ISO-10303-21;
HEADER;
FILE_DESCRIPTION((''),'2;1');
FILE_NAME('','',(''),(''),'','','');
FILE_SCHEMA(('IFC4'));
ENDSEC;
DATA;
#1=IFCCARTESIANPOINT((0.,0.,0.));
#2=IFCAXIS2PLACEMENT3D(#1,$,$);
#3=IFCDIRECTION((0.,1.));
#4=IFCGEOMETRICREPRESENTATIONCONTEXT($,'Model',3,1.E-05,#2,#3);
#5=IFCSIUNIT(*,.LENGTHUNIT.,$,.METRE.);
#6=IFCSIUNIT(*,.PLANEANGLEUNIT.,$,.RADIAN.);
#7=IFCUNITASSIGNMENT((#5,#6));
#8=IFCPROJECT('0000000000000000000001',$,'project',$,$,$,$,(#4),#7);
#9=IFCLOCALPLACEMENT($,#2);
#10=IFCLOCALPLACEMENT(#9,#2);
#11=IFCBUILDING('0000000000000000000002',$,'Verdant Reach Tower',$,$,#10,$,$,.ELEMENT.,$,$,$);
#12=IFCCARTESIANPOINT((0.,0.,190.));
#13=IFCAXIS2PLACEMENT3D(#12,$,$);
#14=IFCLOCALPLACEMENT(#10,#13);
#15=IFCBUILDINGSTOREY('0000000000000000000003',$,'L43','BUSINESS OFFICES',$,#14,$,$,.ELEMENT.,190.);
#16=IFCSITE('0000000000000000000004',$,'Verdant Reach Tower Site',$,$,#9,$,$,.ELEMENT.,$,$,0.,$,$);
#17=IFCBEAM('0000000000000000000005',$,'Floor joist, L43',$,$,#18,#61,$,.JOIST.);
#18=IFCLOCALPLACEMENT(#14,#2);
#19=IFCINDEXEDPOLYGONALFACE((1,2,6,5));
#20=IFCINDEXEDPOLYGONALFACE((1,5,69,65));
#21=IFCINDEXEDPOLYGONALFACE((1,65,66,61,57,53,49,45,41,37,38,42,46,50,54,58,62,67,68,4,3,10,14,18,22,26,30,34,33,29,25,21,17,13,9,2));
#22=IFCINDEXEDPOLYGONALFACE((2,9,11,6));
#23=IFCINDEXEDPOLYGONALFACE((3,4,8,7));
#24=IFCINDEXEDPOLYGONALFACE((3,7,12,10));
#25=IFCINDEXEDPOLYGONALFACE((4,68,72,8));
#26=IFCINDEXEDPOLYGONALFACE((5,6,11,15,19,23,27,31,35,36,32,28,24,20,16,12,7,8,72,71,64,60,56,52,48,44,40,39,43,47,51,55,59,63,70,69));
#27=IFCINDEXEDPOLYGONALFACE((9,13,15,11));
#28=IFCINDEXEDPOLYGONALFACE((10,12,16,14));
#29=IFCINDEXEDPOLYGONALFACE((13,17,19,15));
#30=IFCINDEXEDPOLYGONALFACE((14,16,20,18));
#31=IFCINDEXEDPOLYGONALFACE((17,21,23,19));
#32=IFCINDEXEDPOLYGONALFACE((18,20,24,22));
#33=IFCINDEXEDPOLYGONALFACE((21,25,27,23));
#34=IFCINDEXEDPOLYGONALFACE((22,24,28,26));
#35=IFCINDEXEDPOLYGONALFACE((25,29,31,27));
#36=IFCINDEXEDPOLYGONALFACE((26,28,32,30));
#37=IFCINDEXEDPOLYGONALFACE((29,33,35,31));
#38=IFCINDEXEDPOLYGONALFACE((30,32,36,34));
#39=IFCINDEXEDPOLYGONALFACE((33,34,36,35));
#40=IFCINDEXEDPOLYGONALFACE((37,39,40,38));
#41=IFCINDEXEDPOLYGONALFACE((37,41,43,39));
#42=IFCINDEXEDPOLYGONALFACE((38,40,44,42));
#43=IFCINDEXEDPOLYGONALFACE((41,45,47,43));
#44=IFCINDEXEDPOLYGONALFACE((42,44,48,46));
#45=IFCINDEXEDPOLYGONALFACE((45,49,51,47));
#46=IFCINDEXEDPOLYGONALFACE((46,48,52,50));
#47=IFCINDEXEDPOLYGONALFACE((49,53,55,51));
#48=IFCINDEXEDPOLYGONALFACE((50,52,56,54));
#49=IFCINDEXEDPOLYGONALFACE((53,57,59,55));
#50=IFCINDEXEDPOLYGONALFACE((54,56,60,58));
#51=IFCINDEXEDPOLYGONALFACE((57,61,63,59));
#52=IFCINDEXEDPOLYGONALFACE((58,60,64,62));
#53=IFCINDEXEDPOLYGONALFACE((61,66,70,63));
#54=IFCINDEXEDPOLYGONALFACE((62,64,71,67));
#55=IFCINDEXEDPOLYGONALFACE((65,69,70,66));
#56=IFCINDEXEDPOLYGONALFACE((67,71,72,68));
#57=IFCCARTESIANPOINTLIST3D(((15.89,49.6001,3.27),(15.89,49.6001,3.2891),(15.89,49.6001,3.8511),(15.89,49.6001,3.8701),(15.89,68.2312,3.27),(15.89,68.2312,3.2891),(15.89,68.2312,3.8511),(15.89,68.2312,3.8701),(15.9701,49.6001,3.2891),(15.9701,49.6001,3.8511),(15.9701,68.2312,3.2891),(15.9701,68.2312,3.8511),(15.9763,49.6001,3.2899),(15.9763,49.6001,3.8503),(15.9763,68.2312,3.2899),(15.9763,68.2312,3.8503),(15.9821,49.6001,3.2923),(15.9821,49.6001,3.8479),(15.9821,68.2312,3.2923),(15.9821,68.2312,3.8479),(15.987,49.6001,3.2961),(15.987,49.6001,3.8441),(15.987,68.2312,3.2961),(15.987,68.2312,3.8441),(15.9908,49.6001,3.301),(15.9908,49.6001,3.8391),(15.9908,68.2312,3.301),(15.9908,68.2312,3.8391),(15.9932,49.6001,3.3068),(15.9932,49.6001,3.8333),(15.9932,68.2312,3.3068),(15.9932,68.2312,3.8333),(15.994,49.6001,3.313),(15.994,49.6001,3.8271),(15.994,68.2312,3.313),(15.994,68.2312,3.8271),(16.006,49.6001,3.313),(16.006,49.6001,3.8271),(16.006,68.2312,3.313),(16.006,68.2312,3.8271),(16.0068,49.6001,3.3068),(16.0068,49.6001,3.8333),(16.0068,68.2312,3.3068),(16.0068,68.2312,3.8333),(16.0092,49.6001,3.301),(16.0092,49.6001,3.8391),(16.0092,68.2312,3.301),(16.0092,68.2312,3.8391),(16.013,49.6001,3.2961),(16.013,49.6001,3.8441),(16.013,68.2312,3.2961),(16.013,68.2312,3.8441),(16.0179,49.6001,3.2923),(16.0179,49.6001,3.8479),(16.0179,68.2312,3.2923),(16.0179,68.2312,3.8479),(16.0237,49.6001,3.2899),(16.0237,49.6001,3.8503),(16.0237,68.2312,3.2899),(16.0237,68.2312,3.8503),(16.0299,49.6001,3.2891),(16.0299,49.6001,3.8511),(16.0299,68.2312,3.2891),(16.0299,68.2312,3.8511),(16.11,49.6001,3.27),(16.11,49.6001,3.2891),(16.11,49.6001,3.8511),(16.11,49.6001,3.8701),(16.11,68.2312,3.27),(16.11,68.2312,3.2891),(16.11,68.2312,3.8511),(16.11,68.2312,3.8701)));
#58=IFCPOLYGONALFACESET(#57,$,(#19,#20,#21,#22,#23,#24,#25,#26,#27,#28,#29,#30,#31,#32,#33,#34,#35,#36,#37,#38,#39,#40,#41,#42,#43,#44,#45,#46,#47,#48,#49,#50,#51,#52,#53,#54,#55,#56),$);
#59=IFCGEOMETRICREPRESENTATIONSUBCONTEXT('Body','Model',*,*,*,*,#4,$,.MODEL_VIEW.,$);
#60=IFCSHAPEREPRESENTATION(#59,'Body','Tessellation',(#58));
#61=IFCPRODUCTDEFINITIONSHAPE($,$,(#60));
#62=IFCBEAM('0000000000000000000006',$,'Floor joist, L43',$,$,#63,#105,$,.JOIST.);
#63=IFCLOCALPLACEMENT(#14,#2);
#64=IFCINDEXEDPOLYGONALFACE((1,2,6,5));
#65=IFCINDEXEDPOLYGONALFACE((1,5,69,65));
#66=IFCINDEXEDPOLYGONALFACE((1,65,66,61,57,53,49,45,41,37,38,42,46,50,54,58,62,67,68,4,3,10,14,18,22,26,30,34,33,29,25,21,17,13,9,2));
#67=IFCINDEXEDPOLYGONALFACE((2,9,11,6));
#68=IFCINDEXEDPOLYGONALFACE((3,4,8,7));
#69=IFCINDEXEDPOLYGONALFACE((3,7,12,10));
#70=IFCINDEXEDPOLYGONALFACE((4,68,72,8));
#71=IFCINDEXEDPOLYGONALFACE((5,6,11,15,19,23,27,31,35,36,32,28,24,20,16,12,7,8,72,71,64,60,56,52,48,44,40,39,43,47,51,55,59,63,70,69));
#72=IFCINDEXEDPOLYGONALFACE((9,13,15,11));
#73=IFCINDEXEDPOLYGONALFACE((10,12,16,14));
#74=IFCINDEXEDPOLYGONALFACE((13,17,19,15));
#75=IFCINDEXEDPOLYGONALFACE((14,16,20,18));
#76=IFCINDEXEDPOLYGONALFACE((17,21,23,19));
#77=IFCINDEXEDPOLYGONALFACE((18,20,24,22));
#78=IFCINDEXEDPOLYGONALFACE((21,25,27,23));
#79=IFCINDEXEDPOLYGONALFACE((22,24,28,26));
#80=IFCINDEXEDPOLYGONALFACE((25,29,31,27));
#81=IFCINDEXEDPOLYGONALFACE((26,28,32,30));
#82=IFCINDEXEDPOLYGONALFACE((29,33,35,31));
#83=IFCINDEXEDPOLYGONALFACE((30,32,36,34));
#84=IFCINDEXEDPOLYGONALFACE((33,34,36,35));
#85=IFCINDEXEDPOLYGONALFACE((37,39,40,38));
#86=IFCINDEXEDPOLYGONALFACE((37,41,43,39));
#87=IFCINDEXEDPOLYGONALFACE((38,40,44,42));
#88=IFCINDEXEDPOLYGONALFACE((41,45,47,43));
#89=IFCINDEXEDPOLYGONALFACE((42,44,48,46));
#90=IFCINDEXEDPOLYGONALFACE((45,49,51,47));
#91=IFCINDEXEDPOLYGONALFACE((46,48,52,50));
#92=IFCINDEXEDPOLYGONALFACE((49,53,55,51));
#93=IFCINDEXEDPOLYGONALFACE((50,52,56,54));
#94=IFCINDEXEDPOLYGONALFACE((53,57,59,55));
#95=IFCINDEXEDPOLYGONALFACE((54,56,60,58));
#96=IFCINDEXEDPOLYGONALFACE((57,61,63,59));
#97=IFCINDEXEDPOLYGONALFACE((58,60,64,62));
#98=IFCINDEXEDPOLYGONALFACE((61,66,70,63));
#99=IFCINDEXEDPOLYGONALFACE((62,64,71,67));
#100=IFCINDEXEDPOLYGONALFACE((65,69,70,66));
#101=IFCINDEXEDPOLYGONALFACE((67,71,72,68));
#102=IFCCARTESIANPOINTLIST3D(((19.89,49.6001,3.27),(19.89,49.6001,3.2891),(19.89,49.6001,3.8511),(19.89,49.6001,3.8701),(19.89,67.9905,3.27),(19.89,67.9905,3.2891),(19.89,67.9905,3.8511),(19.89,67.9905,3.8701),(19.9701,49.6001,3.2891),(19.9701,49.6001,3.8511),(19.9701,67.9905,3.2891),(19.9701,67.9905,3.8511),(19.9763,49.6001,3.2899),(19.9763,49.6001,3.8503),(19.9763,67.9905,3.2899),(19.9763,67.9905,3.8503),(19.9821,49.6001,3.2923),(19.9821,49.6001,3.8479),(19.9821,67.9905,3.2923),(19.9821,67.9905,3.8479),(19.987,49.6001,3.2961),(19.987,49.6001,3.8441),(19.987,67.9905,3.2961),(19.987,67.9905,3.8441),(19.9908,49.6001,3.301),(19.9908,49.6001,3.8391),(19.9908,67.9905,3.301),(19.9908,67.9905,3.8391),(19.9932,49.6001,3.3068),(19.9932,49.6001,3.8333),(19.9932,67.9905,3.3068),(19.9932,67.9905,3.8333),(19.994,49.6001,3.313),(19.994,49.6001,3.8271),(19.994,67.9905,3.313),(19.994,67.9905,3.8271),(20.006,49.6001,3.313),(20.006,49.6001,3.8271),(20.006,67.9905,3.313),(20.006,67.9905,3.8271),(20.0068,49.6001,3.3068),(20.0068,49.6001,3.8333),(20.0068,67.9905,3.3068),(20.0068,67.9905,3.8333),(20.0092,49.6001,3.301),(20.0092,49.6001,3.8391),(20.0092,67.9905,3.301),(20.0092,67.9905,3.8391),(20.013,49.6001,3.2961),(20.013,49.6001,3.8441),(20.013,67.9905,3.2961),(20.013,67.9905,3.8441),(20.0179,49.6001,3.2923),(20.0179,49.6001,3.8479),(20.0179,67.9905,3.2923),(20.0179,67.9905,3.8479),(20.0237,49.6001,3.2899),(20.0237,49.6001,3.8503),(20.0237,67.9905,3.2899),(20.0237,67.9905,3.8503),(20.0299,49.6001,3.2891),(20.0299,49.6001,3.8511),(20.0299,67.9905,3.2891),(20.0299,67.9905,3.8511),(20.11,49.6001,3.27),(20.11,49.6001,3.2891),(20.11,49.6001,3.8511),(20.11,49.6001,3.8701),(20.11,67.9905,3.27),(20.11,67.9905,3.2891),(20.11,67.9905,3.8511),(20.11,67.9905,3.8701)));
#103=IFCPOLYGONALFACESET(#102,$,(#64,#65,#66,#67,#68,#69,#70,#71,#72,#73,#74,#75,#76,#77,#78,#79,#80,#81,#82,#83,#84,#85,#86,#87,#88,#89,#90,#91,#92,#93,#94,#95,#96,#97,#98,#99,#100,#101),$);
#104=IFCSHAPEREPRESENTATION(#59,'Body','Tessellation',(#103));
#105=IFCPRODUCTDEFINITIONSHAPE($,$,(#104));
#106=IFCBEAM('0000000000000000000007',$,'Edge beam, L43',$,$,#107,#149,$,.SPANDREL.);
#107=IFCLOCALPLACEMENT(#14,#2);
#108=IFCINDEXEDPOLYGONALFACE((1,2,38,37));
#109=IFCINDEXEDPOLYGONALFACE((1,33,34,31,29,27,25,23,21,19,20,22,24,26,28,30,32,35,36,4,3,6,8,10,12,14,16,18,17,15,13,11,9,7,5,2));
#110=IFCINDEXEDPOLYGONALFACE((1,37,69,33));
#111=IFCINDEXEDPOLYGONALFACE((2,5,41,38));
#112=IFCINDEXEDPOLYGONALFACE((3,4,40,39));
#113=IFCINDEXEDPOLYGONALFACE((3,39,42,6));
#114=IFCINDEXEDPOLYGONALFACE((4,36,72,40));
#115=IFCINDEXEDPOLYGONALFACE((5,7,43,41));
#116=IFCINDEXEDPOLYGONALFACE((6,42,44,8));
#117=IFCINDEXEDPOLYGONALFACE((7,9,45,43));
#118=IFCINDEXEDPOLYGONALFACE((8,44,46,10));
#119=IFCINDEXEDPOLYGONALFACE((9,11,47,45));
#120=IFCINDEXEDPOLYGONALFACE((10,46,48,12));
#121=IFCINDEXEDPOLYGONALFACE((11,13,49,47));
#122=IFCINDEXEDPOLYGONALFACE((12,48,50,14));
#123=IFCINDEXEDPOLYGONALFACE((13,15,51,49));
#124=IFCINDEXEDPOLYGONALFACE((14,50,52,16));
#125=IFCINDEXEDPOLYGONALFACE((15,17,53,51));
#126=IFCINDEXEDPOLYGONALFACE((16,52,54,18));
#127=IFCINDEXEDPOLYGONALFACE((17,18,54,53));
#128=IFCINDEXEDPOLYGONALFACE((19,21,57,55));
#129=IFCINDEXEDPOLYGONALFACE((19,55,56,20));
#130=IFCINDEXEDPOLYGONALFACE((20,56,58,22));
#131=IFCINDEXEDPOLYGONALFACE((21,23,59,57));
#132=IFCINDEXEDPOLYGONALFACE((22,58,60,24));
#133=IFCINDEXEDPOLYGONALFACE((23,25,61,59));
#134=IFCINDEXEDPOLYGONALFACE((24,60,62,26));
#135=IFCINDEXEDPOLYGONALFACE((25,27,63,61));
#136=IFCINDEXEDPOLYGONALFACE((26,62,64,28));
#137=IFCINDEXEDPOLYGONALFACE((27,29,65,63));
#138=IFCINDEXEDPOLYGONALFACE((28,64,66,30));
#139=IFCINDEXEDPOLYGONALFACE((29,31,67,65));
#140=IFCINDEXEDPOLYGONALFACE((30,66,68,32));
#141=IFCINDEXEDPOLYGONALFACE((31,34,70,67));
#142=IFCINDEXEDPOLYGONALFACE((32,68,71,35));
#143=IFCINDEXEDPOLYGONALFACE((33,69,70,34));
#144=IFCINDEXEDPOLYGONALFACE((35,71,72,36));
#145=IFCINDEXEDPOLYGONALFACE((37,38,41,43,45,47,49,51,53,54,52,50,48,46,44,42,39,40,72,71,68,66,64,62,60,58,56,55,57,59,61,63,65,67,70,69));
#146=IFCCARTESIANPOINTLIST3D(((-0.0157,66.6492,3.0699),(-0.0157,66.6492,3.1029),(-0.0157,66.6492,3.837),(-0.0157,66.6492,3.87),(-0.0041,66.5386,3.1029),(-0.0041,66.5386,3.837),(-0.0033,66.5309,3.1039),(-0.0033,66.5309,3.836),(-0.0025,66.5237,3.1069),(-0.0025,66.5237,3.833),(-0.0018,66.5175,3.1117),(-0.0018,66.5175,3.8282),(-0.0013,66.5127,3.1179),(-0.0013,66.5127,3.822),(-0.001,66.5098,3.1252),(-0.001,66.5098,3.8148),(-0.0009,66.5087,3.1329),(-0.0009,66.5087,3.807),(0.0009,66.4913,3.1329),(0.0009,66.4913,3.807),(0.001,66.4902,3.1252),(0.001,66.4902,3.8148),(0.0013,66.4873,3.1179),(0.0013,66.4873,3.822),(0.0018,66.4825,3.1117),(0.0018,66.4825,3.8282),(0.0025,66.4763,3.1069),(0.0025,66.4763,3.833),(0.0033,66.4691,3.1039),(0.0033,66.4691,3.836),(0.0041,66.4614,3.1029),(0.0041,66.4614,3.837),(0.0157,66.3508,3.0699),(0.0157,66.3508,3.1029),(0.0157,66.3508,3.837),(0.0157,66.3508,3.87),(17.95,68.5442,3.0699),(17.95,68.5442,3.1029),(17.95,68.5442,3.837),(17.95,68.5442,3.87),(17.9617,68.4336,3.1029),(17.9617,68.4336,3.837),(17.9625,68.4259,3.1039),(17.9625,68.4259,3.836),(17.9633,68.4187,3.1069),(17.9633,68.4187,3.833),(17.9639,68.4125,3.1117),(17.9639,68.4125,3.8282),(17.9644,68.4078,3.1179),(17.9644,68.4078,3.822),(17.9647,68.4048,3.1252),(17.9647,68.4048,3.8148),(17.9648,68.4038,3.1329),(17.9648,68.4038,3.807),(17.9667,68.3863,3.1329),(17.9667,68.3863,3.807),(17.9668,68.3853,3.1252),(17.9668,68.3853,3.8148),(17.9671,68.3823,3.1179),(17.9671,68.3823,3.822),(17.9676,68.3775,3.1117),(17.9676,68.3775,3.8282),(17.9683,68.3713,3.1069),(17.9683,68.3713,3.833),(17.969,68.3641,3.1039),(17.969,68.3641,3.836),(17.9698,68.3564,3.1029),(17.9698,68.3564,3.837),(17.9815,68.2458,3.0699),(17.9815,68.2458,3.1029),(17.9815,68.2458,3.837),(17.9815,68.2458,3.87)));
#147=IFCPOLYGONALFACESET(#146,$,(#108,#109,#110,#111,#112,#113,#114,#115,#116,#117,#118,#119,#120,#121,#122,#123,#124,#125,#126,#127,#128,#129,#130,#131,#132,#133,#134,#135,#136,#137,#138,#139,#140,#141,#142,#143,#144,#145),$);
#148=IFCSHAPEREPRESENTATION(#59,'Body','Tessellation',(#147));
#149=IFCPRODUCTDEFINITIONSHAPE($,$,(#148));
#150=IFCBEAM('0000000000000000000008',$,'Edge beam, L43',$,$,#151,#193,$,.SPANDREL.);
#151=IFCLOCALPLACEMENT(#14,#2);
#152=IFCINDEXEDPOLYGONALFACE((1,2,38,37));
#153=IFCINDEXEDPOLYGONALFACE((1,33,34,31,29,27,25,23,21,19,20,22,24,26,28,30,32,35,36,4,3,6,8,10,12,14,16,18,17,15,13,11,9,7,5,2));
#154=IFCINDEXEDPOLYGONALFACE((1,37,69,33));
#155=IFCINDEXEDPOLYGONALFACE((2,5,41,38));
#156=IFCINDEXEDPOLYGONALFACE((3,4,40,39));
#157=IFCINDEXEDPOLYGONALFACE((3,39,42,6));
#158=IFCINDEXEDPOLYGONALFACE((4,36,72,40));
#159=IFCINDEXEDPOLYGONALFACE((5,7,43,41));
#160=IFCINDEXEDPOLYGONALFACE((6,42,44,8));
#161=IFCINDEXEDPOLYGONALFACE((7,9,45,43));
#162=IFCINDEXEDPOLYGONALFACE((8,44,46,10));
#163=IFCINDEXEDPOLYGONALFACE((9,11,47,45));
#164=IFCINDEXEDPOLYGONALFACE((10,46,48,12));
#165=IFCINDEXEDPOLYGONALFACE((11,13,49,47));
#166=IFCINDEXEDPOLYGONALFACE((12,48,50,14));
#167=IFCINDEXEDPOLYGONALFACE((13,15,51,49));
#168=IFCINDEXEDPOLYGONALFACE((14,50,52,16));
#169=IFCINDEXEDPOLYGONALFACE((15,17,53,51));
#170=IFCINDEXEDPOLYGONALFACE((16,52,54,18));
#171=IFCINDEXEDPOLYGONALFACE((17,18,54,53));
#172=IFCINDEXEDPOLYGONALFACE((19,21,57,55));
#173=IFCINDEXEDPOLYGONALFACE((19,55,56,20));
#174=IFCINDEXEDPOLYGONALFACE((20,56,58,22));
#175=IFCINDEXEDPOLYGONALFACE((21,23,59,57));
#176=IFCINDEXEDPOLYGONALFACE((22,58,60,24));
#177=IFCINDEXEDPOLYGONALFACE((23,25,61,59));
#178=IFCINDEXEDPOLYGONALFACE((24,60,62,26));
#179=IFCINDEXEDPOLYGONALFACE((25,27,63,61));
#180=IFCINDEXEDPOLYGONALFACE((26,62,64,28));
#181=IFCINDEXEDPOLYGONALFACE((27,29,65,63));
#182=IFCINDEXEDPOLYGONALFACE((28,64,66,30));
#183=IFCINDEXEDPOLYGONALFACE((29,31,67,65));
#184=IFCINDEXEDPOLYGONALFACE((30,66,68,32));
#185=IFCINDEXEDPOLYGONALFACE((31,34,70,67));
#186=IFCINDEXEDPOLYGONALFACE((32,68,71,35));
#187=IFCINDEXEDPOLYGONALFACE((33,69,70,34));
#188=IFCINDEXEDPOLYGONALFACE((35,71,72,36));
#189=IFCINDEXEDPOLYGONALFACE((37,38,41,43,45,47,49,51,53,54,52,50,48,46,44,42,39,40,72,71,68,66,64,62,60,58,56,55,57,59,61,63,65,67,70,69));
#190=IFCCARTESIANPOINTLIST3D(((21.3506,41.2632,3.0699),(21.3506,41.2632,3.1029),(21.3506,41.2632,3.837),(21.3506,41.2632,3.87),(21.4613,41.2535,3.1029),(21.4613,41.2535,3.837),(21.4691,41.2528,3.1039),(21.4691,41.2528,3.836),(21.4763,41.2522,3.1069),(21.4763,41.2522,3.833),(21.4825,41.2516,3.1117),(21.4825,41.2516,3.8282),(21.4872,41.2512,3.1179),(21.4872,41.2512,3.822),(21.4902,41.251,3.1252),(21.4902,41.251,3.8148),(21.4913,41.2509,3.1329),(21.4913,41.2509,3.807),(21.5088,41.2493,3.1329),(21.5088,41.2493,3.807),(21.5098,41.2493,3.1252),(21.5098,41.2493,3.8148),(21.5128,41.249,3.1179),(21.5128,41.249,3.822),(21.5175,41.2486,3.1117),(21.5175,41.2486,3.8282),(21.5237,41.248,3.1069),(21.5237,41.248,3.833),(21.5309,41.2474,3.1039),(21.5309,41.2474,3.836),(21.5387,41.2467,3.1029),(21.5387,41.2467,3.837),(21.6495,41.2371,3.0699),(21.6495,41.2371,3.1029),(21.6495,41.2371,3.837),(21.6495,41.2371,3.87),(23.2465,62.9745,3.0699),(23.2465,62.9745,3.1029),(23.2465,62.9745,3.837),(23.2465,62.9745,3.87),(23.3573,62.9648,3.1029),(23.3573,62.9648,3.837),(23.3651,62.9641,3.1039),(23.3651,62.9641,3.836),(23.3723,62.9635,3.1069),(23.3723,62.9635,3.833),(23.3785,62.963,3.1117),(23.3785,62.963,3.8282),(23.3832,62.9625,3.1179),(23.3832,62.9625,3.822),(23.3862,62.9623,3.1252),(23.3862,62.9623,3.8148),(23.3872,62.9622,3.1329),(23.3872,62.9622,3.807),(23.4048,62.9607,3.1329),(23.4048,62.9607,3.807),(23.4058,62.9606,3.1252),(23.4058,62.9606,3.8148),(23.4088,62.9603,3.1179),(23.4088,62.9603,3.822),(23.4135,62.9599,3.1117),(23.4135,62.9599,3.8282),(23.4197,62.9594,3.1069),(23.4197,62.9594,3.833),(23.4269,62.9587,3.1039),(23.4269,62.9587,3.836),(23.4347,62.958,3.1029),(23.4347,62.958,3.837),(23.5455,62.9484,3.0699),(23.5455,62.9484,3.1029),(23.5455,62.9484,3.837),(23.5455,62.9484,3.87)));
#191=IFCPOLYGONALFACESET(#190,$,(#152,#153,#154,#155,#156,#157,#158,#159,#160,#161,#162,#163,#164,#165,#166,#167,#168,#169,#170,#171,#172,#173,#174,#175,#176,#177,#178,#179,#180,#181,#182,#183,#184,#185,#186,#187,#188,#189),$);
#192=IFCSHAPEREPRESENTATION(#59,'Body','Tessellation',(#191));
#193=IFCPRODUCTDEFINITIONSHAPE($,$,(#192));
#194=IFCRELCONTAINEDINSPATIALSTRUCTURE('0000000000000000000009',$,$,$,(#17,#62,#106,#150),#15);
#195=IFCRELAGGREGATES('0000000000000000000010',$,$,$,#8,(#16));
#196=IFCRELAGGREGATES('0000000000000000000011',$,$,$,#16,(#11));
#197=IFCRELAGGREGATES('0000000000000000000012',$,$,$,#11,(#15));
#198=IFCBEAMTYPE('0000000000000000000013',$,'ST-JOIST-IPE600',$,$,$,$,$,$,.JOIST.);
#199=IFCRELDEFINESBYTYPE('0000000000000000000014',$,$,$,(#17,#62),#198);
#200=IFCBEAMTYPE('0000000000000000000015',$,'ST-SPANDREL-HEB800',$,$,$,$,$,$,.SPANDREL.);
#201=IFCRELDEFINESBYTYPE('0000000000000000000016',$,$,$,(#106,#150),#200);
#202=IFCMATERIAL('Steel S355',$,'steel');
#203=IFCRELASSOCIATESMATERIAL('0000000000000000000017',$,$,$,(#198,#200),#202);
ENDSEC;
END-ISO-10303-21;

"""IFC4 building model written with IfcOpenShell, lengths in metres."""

from ifc_helpers import new_model, si_unit, direction, frame, origin, origin_2d, place, context, subcontext, project, spatial, i_section, extrude, material, material_profile, profile_set, type_object, element, save


model = new_model("IFC4")

# Units and contexts
model_context = context("Model", 3, precision=1e-05, world=origin(), true_north=direction((0.0, 1.0)))
body_context = subcontext(model_context, "Body", "Model", "MODEL_VIEW")
ifc_project = project(units=[si_unit("LENGTHUNIT", "METRE"), si_unit("PLANEANGLEUNIT", "RADIAN")], contexts=[model_context])

# Site, building, storey
site_placement = place(None, origin())
site = spatial("IfcSite", under=ifc_project, at=site_placement, Name="Verdant Reach Tower Site", CompositionType="ELEMENT", RefElevation=0.0)
building_placement = place(site_placement, origin())
building = spatial("IfcBuilding", under=site, at=building_placement, Name="Verdant Reach Tower", CompositionType="ELEMENT")
storey_placement = place(building_placement, frame((0.0, 0.0, 190.0)))
storey = spatial("IfcBuildingStorey", under=building, at=storey_placement, Name="L43", Description="BUSINESS OFFICES", CompositionType="ELEMENT", Elevation=190.0)

# Beams
ifc_material_1 = material(Name="Steel S355", Category="steel")
ifc_material_profile_1 = material_profile(ifc_material_1, i_section(OverallWidth=0.22, OverallDepth=0.6001, WebThickness=0.012, FlangeThickness=0.019, FilletRadius=0.0239, at=origin_2d()), Name="IPE 600")
ifc_profile_set_1 = profile_set([ifc_material_profile_1], Name="Steel S355")
beam_type_1 = type_object("IfcBeamType", Name="ST-JOIST-IPE600", PredefinedType="JOIST", material=ifc_profile_set_1)
beam_1_placement = place(storey_placement, frame((16.0, 49.6001, 3.5701), z_axis=(0.0, 1.0, 0.0), x_axis=(-1.0, 0.0, 0.0)))
element("IfcBeam", 1, at=beam_1_placement, inside=storey, type_object=beam_type_1, Name="Floor joist, L43", PredefinedType="JOIST", context=body_context, shape_type="SweptSolid", body=[
    extrude(i_section(OverallWidth=0.22, OverallDepth=0.6001, WebThickness=0.012, FlangeThickness=0.019, FilletRadius=0.0239, at=origin_2d()), origin(), (0.0, 0.0, 1.0), 18.6311),
])
beam_2_placement = place(storey_placement, frame((20.0, 49.6001, 3.5701), z_axis=(0.0, 1.0, 0.0), x_axis=(-1.0, 0.0, 0.0)))
element("IfcBeam", 2, at=beam_2_placement, inside=storey, type_object=beam_type_1, Name="Floor joist, L43", PredefinedType="JOIST", context=body_context, shape_type="SweptSolid", body=[
    extrude(i_section(OverallWidth=0.22, OverallDepth=0.6001, WebThickness=0.012, FlangeThickness=0.019, FilletRadius=0.0239, at=origin_2d()), origin(), (0.0, 0.0, 1.0), 18.3904),
])
ifc_material_profile_2 = material_profile(ifc_material_1, i_section(OverallWidth=0.3, OverallDepth=0.8, WebThickness=0.0176, FlangeThickness=0.033, FilletRadius=0.03, at=origin_2d()), Name="HEB 800")
ifc_profile_set_2 = profile_set([ifc_material_profile_2], Name="Steel S355")
beam_type_2 = type_object("IfcBeamType", Name="ST-SPANDREL-HEB800", PredefinedType="SPANDREL", material=ifc_profile_set_2)
beam_3_placement = place(storey_placement, frame((0.0, 66.5, 3.47), z_axis=(0.994483, 0.104897, 0.0), x_axis=(-0.104897, 0.994483, 0.0)))
element("IfcBeam", 3, at=beam_3_placement, inside=storey, type_object=beam_type_2, Name="Edge beam, L43", PredefinedType="SPANDREL", context=body_context, shape_type="SweptSolid", body=[
    extrude(i_section(OverallWidth=0.3, OverallDepth=0.8, WebThickness=0.0176, FlangeThickness=0.033, FilletRadius=0.03, at=origin_2d()), origin(), (0.0, 0.0, 1.0), 18.0654),
])
beam_4_placement = place(storey_placement, frame((23.396, 62.9614, 3.47), z_axis=(-0.086996, -0.996209, 0.0), x_axis=(0.996209, -0.086996, 0.0)))
element("IfcBeam", 4, at=beam_4_placement, inside=storey, type_object=beam_type_2, Name="Edge beam, L43", PredefinedType="SPANDREL", context=body_context, shape_type="SweptSolid", body=[
    extrude(i_section(OverallWidth=0.3, OverallDepth=0.8, WebThickness=0.0176, FlangeThickness=0.033, FilletRadius=0.03, at=origin_2d()), origin(), (0.0, 0.0, 1.0), 21.7939),
])

save(model, "model.ifc")
